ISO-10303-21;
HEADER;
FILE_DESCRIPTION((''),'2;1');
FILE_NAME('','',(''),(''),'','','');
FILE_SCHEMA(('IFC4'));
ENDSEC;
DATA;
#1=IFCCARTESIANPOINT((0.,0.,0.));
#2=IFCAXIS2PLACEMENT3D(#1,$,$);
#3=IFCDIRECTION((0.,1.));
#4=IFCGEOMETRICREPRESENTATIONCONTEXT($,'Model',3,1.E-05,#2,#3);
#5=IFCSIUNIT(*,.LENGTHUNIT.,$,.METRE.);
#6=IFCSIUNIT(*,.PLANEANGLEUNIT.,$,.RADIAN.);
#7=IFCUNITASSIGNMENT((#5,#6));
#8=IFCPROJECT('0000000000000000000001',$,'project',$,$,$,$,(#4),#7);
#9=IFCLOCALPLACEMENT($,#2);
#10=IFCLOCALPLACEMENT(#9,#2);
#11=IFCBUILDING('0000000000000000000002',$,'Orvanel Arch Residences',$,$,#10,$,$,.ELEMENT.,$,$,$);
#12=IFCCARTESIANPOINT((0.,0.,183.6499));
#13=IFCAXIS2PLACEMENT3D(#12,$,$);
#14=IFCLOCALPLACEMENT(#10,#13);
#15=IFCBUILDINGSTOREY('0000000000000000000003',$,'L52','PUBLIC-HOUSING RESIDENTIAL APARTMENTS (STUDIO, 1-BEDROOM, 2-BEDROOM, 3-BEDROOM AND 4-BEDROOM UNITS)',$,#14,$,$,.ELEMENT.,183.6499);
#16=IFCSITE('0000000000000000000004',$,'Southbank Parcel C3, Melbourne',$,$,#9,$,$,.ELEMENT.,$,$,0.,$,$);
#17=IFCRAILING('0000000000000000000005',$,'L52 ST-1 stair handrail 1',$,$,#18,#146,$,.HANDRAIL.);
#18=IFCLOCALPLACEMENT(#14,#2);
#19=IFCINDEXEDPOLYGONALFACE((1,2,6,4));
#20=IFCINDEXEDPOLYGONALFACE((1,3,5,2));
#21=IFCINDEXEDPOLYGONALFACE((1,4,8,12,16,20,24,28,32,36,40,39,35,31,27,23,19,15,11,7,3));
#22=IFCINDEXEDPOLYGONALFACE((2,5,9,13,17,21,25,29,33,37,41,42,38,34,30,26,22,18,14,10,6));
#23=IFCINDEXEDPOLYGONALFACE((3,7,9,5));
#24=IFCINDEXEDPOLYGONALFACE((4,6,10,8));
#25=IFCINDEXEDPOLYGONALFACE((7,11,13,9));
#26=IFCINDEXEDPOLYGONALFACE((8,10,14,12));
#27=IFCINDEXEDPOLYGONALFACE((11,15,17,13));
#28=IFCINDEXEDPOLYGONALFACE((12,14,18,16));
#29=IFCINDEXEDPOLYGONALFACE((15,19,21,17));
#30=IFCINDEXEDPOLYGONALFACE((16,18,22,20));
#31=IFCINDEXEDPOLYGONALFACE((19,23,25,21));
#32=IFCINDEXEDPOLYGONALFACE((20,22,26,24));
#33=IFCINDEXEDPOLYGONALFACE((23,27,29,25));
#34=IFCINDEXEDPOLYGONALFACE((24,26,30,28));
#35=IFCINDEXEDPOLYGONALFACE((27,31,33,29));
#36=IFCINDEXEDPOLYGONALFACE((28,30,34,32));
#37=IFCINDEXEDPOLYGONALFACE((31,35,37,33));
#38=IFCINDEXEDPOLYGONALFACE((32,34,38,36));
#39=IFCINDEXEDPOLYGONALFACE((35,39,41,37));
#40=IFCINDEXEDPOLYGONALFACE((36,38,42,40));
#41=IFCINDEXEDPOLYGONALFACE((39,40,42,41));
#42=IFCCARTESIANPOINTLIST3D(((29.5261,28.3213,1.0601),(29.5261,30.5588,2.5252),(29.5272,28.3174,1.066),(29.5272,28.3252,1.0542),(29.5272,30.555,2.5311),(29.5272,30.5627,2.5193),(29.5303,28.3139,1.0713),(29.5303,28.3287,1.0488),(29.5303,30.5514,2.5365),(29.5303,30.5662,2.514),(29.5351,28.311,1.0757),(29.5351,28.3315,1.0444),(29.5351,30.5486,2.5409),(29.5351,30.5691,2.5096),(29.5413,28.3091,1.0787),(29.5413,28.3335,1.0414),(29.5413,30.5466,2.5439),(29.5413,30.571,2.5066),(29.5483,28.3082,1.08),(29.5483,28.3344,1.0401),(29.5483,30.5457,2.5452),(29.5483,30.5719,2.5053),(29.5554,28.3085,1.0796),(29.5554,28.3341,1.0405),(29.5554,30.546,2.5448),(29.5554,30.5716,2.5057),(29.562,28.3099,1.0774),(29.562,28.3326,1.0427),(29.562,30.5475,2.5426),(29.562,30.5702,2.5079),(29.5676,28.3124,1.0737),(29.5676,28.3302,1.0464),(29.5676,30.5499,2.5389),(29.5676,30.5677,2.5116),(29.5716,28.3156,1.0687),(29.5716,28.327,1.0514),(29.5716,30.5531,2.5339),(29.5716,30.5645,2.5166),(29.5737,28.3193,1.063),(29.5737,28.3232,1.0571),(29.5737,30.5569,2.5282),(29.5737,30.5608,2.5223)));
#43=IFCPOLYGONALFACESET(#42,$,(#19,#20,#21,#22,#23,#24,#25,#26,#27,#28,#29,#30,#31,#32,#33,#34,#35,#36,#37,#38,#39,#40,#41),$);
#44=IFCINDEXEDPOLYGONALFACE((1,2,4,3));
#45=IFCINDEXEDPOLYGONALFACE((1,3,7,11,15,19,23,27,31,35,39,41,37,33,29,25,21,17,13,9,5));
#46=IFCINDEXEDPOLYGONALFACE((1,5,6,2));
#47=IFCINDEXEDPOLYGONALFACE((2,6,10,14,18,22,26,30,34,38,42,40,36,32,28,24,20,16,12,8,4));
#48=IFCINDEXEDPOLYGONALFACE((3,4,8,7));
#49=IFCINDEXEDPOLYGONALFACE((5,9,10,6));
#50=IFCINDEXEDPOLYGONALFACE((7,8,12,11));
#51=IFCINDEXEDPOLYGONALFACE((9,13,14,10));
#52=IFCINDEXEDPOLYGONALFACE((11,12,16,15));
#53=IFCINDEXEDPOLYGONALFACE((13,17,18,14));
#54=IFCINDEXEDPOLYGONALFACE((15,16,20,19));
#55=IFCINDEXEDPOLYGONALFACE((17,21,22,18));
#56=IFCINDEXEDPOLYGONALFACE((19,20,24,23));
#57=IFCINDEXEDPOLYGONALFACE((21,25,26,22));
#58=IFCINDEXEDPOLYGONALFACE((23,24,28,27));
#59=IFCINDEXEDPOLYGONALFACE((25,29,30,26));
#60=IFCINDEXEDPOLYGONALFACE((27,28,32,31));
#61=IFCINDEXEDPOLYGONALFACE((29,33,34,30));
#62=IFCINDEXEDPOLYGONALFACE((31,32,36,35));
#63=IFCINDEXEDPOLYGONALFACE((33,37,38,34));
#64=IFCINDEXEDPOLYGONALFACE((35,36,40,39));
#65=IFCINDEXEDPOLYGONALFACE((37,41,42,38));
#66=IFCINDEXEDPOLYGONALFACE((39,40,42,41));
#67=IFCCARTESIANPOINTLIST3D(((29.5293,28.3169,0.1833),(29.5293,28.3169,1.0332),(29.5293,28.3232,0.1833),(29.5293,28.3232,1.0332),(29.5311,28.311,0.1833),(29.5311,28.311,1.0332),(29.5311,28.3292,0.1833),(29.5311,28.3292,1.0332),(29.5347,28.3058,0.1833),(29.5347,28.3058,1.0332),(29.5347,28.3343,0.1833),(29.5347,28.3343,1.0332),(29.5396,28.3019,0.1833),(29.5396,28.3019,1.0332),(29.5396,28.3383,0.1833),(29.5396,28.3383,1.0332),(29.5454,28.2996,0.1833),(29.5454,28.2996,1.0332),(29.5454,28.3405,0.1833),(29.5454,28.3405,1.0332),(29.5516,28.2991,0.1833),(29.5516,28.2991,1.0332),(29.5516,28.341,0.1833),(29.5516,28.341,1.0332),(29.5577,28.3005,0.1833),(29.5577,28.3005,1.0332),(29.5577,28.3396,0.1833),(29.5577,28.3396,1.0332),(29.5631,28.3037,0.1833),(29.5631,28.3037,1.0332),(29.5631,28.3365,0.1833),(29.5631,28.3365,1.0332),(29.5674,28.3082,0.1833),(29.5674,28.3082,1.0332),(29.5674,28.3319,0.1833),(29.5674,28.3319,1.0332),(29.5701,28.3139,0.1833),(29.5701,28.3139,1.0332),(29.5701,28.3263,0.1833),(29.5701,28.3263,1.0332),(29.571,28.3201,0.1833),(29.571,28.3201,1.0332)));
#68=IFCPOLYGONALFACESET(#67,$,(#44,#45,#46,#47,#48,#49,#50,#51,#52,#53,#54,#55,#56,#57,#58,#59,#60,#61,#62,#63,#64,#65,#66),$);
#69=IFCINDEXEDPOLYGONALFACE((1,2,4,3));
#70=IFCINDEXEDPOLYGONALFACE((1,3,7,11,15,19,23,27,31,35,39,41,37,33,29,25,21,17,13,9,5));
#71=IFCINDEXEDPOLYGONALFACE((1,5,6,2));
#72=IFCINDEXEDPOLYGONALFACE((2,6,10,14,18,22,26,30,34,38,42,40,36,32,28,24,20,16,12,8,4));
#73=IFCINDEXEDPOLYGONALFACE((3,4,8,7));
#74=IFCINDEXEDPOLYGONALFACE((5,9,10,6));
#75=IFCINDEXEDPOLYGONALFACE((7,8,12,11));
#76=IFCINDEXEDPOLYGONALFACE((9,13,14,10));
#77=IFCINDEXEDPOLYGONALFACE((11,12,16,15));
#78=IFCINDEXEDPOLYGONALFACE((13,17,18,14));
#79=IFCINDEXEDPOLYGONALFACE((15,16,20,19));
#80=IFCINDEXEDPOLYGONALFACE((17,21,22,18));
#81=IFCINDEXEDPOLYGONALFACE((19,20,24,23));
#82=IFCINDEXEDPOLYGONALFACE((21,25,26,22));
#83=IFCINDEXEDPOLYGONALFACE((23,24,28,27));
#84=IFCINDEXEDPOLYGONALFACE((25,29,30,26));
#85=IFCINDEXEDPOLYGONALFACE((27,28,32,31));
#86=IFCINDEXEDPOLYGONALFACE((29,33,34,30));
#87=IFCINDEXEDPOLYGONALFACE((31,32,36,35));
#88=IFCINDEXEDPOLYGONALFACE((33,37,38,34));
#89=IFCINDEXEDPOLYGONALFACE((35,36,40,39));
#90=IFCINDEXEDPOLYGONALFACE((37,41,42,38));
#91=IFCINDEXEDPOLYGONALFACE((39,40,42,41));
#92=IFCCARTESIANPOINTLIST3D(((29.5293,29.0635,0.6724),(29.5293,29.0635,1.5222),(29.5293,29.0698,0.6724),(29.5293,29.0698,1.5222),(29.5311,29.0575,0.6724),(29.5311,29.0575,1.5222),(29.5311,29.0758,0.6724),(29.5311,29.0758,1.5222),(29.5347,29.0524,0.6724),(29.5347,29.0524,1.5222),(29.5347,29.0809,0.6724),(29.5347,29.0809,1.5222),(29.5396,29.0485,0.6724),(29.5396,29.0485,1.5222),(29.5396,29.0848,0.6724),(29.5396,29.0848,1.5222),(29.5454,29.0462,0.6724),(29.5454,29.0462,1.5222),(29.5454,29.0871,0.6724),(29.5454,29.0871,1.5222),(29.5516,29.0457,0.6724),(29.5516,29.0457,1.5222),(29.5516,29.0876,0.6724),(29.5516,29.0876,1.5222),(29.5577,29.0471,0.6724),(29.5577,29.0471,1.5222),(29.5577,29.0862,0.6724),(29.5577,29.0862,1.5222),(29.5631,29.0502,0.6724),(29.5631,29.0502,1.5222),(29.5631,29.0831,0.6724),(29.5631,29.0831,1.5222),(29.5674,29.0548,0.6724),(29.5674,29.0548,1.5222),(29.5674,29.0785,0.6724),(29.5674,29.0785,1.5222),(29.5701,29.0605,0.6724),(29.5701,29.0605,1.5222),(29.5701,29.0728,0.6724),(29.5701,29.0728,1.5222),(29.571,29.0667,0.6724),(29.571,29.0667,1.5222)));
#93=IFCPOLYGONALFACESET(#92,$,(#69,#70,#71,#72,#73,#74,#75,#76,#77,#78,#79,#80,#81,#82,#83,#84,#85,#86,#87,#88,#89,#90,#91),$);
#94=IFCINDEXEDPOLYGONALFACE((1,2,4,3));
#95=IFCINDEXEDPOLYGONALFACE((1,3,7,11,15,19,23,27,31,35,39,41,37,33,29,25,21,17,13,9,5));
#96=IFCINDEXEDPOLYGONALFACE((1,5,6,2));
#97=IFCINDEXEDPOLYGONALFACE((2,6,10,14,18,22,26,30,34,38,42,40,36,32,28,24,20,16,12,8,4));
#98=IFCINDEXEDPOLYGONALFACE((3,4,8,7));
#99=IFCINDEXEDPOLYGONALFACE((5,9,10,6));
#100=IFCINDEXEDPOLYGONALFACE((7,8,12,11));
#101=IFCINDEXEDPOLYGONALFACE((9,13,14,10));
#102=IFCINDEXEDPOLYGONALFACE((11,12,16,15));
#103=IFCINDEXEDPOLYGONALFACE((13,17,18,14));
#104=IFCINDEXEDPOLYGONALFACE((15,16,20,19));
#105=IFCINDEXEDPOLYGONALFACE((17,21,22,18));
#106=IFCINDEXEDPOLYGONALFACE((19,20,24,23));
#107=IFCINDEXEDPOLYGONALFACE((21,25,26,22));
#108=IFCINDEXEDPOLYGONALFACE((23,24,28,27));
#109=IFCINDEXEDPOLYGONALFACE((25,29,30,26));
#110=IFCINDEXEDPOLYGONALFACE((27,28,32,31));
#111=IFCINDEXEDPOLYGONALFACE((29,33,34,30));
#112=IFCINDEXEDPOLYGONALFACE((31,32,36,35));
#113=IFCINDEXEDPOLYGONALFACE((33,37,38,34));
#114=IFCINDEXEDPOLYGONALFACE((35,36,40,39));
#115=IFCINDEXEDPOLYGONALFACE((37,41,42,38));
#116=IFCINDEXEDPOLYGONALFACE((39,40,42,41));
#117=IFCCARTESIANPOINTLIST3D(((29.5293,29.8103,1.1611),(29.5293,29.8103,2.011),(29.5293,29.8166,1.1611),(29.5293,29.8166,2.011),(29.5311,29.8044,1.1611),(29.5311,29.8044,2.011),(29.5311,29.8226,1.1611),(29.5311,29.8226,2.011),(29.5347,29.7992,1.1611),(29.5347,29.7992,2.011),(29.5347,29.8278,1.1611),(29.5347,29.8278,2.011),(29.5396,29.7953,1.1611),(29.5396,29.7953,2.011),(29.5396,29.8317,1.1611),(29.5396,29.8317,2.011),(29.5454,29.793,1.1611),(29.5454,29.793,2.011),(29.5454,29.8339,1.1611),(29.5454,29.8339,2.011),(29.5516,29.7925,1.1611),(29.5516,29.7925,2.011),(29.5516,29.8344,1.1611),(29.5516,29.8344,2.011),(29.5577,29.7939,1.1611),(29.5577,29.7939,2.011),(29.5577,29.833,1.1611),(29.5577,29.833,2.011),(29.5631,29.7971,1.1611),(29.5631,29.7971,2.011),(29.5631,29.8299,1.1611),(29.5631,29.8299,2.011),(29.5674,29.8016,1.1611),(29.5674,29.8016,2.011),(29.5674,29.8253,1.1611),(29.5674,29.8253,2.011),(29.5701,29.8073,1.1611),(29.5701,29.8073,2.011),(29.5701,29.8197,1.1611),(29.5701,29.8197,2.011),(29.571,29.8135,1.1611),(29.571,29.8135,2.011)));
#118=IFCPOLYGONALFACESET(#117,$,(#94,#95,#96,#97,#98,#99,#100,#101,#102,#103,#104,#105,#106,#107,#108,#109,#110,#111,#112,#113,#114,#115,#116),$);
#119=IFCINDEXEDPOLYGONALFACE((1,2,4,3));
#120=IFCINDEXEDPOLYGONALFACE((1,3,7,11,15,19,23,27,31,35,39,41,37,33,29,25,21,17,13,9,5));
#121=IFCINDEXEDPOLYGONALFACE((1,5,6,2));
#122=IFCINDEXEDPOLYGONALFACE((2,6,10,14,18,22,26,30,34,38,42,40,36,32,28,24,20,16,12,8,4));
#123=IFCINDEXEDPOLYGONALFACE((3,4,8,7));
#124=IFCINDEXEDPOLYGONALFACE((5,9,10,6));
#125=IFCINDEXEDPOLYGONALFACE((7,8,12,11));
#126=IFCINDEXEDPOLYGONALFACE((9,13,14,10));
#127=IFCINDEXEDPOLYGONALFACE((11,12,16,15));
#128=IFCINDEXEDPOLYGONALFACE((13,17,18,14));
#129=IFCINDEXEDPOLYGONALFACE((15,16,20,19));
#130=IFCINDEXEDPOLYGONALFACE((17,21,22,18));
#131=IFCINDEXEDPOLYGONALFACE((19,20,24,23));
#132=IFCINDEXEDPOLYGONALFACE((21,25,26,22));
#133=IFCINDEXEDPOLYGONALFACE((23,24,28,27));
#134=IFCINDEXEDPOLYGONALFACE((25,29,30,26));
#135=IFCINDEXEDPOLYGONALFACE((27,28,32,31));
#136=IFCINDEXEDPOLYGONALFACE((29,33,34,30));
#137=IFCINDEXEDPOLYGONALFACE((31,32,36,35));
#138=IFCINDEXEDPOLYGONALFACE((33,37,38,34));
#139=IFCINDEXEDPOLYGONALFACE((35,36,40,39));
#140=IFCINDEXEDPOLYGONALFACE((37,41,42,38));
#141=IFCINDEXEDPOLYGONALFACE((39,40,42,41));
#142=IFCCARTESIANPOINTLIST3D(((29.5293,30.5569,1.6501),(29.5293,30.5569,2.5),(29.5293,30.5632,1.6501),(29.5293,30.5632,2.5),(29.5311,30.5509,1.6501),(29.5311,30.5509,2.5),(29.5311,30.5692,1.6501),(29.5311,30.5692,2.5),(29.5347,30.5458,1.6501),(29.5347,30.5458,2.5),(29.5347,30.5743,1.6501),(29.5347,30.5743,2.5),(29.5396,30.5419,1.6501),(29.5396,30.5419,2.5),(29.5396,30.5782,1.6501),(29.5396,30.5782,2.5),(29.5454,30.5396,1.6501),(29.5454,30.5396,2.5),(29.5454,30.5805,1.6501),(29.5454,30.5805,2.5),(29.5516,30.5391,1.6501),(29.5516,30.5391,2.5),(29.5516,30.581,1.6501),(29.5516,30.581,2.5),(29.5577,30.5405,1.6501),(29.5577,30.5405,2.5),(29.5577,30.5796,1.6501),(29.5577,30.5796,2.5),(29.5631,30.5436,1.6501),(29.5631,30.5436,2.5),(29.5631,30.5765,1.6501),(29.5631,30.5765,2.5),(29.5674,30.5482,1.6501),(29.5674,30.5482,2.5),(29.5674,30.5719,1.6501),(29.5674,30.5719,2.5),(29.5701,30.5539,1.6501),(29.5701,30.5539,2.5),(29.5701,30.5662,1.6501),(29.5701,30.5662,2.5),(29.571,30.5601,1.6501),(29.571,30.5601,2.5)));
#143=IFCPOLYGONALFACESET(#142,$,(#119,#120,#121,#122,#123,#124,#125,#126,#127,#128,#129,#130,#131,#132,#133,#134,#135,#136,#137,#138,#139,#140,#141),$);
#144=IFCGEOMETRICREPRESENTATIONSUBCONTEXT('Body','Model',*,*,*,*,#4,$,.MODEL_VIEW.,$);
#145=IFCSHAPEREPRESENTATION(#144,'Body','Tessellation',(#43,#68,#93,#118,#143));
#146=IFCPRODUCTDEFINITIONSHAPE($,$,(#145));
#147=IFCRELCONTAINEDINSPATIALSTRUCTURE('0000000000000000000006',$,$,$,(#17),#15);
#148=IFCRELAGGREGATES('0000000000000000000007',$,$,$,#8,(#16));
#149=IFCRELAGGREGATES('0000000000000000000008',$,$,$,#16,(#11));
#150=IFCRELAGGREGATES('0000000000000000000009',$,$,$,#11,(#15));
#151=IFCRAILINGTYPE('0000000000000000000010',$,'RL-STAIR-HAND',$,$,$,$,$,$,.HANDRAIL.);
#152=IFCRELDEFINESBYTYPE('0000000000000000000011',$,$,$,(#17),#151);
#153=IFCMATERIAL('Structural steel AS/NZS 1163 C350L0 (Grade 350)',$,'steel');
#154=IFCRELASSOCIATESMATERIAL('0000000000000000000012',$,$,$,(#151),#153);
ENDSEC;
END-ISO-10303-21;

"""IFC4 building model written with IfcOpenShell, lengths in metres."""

from ifc_helpers import new_model, si_unit, direction, frame, origin, origin_2d, place, context, subcontext, project, spatial, circle, extrude, material, type_object, element, save


model = new_model("IFC4")

# Units and contexts
model_context = context("Model", 3, precision=1e-05, world=origin(), true_north=direction((0.0, 1.0)))
body_context = subcontext(model_context, "Body", "Model", "MODEL_VIEW")
ifc_project = project(units=[si_unit("LENGTHUNIT", "METRE"), si_unit("PLANEANGLEUNIT", "RADIAN")], contexts=[model_context])

# Site, building, storey
site_placement = place(None, origin())
site = spatial("IfcSite", under=ifc_project, at=site_placement, Name="Southbank Parcel C3, Melbourne", CompositionType="ELEMENT", RefElevation=0.0)
building_placement = place(site_placement, origin())
building = spatial("IfcBuilding", under=site, at=building_placement, Name="Orvanel Arch Residences", CompositionType="ELEMENT")
storey_placement = place(building_placement, frame((0.0, 0.0, 183.6499)))
storey = spatial("IfcBuildingStorey", under=building, at=storey_placement, Name="L52", Description="PUBLIC-HOUSING RESIDENTIAL APARTMENTS (STUDIO, 1-BEDROOM, 2-BEDROOM, 3-BEDROOM AND 4-BEDROOM UNITS)", CompositionType="ELEMENT", Elevation=183.6499)

# Railing
ifc_material_1 = material(Name="Structural steel AS/NZS 1163 C350L0 (Grade 350)", Category="steel")
railing_type_1 = type_object("IfcRailingType", Name="RL-STAIR-HAND", PredefinedType="HANDRAIL", material=ifc_material_1)
railing_1_placement = place(storey_placement, frame((29.55, 28.3201, 0.1833)))
element("IfcRailing", 1, at=railing_1_placement, inside=storey, type_object=railing_type_1, Name="L52 ST-1 stair handrail 1", PredefinedType="HANDRAIL", context=body_context, shape_type="SweptSolid", body=[
    extrude(circle(Radius=0.0239, at=origin_2d()), frame((0.0, 0.0012, 0.8767), z_axis=(0.0, 0.836595, 0.547822), x_axis=(-1.0, 0.0, 0.0)), (0.0, 0.0, 1.0), 2.6746),
    extrude(circle(Radius=0.021, at=origin_2d()), origin(), (0.0, 0.0, 1.0), 0.8499),
    extrude(circle(Radius=0.021, at=origin_2d()), frame((0.0, 0.7466, 0.489)), (0.0, 0.0, 1.0), 0.8499),
    extrude(circle(Radius=0.021, at=origin_2d()), frame((0.0, 1.4934, 0.9778)), (0.0, 0.0, 1.0), 0.8499),
    extrude(circle(Radius=0.021, at=origin_2d()), frame((0.0, 2.24, 1.4668)), (0.0, 0.0, 1.0), 0.8499),
])

save(model, "model.ifc")
